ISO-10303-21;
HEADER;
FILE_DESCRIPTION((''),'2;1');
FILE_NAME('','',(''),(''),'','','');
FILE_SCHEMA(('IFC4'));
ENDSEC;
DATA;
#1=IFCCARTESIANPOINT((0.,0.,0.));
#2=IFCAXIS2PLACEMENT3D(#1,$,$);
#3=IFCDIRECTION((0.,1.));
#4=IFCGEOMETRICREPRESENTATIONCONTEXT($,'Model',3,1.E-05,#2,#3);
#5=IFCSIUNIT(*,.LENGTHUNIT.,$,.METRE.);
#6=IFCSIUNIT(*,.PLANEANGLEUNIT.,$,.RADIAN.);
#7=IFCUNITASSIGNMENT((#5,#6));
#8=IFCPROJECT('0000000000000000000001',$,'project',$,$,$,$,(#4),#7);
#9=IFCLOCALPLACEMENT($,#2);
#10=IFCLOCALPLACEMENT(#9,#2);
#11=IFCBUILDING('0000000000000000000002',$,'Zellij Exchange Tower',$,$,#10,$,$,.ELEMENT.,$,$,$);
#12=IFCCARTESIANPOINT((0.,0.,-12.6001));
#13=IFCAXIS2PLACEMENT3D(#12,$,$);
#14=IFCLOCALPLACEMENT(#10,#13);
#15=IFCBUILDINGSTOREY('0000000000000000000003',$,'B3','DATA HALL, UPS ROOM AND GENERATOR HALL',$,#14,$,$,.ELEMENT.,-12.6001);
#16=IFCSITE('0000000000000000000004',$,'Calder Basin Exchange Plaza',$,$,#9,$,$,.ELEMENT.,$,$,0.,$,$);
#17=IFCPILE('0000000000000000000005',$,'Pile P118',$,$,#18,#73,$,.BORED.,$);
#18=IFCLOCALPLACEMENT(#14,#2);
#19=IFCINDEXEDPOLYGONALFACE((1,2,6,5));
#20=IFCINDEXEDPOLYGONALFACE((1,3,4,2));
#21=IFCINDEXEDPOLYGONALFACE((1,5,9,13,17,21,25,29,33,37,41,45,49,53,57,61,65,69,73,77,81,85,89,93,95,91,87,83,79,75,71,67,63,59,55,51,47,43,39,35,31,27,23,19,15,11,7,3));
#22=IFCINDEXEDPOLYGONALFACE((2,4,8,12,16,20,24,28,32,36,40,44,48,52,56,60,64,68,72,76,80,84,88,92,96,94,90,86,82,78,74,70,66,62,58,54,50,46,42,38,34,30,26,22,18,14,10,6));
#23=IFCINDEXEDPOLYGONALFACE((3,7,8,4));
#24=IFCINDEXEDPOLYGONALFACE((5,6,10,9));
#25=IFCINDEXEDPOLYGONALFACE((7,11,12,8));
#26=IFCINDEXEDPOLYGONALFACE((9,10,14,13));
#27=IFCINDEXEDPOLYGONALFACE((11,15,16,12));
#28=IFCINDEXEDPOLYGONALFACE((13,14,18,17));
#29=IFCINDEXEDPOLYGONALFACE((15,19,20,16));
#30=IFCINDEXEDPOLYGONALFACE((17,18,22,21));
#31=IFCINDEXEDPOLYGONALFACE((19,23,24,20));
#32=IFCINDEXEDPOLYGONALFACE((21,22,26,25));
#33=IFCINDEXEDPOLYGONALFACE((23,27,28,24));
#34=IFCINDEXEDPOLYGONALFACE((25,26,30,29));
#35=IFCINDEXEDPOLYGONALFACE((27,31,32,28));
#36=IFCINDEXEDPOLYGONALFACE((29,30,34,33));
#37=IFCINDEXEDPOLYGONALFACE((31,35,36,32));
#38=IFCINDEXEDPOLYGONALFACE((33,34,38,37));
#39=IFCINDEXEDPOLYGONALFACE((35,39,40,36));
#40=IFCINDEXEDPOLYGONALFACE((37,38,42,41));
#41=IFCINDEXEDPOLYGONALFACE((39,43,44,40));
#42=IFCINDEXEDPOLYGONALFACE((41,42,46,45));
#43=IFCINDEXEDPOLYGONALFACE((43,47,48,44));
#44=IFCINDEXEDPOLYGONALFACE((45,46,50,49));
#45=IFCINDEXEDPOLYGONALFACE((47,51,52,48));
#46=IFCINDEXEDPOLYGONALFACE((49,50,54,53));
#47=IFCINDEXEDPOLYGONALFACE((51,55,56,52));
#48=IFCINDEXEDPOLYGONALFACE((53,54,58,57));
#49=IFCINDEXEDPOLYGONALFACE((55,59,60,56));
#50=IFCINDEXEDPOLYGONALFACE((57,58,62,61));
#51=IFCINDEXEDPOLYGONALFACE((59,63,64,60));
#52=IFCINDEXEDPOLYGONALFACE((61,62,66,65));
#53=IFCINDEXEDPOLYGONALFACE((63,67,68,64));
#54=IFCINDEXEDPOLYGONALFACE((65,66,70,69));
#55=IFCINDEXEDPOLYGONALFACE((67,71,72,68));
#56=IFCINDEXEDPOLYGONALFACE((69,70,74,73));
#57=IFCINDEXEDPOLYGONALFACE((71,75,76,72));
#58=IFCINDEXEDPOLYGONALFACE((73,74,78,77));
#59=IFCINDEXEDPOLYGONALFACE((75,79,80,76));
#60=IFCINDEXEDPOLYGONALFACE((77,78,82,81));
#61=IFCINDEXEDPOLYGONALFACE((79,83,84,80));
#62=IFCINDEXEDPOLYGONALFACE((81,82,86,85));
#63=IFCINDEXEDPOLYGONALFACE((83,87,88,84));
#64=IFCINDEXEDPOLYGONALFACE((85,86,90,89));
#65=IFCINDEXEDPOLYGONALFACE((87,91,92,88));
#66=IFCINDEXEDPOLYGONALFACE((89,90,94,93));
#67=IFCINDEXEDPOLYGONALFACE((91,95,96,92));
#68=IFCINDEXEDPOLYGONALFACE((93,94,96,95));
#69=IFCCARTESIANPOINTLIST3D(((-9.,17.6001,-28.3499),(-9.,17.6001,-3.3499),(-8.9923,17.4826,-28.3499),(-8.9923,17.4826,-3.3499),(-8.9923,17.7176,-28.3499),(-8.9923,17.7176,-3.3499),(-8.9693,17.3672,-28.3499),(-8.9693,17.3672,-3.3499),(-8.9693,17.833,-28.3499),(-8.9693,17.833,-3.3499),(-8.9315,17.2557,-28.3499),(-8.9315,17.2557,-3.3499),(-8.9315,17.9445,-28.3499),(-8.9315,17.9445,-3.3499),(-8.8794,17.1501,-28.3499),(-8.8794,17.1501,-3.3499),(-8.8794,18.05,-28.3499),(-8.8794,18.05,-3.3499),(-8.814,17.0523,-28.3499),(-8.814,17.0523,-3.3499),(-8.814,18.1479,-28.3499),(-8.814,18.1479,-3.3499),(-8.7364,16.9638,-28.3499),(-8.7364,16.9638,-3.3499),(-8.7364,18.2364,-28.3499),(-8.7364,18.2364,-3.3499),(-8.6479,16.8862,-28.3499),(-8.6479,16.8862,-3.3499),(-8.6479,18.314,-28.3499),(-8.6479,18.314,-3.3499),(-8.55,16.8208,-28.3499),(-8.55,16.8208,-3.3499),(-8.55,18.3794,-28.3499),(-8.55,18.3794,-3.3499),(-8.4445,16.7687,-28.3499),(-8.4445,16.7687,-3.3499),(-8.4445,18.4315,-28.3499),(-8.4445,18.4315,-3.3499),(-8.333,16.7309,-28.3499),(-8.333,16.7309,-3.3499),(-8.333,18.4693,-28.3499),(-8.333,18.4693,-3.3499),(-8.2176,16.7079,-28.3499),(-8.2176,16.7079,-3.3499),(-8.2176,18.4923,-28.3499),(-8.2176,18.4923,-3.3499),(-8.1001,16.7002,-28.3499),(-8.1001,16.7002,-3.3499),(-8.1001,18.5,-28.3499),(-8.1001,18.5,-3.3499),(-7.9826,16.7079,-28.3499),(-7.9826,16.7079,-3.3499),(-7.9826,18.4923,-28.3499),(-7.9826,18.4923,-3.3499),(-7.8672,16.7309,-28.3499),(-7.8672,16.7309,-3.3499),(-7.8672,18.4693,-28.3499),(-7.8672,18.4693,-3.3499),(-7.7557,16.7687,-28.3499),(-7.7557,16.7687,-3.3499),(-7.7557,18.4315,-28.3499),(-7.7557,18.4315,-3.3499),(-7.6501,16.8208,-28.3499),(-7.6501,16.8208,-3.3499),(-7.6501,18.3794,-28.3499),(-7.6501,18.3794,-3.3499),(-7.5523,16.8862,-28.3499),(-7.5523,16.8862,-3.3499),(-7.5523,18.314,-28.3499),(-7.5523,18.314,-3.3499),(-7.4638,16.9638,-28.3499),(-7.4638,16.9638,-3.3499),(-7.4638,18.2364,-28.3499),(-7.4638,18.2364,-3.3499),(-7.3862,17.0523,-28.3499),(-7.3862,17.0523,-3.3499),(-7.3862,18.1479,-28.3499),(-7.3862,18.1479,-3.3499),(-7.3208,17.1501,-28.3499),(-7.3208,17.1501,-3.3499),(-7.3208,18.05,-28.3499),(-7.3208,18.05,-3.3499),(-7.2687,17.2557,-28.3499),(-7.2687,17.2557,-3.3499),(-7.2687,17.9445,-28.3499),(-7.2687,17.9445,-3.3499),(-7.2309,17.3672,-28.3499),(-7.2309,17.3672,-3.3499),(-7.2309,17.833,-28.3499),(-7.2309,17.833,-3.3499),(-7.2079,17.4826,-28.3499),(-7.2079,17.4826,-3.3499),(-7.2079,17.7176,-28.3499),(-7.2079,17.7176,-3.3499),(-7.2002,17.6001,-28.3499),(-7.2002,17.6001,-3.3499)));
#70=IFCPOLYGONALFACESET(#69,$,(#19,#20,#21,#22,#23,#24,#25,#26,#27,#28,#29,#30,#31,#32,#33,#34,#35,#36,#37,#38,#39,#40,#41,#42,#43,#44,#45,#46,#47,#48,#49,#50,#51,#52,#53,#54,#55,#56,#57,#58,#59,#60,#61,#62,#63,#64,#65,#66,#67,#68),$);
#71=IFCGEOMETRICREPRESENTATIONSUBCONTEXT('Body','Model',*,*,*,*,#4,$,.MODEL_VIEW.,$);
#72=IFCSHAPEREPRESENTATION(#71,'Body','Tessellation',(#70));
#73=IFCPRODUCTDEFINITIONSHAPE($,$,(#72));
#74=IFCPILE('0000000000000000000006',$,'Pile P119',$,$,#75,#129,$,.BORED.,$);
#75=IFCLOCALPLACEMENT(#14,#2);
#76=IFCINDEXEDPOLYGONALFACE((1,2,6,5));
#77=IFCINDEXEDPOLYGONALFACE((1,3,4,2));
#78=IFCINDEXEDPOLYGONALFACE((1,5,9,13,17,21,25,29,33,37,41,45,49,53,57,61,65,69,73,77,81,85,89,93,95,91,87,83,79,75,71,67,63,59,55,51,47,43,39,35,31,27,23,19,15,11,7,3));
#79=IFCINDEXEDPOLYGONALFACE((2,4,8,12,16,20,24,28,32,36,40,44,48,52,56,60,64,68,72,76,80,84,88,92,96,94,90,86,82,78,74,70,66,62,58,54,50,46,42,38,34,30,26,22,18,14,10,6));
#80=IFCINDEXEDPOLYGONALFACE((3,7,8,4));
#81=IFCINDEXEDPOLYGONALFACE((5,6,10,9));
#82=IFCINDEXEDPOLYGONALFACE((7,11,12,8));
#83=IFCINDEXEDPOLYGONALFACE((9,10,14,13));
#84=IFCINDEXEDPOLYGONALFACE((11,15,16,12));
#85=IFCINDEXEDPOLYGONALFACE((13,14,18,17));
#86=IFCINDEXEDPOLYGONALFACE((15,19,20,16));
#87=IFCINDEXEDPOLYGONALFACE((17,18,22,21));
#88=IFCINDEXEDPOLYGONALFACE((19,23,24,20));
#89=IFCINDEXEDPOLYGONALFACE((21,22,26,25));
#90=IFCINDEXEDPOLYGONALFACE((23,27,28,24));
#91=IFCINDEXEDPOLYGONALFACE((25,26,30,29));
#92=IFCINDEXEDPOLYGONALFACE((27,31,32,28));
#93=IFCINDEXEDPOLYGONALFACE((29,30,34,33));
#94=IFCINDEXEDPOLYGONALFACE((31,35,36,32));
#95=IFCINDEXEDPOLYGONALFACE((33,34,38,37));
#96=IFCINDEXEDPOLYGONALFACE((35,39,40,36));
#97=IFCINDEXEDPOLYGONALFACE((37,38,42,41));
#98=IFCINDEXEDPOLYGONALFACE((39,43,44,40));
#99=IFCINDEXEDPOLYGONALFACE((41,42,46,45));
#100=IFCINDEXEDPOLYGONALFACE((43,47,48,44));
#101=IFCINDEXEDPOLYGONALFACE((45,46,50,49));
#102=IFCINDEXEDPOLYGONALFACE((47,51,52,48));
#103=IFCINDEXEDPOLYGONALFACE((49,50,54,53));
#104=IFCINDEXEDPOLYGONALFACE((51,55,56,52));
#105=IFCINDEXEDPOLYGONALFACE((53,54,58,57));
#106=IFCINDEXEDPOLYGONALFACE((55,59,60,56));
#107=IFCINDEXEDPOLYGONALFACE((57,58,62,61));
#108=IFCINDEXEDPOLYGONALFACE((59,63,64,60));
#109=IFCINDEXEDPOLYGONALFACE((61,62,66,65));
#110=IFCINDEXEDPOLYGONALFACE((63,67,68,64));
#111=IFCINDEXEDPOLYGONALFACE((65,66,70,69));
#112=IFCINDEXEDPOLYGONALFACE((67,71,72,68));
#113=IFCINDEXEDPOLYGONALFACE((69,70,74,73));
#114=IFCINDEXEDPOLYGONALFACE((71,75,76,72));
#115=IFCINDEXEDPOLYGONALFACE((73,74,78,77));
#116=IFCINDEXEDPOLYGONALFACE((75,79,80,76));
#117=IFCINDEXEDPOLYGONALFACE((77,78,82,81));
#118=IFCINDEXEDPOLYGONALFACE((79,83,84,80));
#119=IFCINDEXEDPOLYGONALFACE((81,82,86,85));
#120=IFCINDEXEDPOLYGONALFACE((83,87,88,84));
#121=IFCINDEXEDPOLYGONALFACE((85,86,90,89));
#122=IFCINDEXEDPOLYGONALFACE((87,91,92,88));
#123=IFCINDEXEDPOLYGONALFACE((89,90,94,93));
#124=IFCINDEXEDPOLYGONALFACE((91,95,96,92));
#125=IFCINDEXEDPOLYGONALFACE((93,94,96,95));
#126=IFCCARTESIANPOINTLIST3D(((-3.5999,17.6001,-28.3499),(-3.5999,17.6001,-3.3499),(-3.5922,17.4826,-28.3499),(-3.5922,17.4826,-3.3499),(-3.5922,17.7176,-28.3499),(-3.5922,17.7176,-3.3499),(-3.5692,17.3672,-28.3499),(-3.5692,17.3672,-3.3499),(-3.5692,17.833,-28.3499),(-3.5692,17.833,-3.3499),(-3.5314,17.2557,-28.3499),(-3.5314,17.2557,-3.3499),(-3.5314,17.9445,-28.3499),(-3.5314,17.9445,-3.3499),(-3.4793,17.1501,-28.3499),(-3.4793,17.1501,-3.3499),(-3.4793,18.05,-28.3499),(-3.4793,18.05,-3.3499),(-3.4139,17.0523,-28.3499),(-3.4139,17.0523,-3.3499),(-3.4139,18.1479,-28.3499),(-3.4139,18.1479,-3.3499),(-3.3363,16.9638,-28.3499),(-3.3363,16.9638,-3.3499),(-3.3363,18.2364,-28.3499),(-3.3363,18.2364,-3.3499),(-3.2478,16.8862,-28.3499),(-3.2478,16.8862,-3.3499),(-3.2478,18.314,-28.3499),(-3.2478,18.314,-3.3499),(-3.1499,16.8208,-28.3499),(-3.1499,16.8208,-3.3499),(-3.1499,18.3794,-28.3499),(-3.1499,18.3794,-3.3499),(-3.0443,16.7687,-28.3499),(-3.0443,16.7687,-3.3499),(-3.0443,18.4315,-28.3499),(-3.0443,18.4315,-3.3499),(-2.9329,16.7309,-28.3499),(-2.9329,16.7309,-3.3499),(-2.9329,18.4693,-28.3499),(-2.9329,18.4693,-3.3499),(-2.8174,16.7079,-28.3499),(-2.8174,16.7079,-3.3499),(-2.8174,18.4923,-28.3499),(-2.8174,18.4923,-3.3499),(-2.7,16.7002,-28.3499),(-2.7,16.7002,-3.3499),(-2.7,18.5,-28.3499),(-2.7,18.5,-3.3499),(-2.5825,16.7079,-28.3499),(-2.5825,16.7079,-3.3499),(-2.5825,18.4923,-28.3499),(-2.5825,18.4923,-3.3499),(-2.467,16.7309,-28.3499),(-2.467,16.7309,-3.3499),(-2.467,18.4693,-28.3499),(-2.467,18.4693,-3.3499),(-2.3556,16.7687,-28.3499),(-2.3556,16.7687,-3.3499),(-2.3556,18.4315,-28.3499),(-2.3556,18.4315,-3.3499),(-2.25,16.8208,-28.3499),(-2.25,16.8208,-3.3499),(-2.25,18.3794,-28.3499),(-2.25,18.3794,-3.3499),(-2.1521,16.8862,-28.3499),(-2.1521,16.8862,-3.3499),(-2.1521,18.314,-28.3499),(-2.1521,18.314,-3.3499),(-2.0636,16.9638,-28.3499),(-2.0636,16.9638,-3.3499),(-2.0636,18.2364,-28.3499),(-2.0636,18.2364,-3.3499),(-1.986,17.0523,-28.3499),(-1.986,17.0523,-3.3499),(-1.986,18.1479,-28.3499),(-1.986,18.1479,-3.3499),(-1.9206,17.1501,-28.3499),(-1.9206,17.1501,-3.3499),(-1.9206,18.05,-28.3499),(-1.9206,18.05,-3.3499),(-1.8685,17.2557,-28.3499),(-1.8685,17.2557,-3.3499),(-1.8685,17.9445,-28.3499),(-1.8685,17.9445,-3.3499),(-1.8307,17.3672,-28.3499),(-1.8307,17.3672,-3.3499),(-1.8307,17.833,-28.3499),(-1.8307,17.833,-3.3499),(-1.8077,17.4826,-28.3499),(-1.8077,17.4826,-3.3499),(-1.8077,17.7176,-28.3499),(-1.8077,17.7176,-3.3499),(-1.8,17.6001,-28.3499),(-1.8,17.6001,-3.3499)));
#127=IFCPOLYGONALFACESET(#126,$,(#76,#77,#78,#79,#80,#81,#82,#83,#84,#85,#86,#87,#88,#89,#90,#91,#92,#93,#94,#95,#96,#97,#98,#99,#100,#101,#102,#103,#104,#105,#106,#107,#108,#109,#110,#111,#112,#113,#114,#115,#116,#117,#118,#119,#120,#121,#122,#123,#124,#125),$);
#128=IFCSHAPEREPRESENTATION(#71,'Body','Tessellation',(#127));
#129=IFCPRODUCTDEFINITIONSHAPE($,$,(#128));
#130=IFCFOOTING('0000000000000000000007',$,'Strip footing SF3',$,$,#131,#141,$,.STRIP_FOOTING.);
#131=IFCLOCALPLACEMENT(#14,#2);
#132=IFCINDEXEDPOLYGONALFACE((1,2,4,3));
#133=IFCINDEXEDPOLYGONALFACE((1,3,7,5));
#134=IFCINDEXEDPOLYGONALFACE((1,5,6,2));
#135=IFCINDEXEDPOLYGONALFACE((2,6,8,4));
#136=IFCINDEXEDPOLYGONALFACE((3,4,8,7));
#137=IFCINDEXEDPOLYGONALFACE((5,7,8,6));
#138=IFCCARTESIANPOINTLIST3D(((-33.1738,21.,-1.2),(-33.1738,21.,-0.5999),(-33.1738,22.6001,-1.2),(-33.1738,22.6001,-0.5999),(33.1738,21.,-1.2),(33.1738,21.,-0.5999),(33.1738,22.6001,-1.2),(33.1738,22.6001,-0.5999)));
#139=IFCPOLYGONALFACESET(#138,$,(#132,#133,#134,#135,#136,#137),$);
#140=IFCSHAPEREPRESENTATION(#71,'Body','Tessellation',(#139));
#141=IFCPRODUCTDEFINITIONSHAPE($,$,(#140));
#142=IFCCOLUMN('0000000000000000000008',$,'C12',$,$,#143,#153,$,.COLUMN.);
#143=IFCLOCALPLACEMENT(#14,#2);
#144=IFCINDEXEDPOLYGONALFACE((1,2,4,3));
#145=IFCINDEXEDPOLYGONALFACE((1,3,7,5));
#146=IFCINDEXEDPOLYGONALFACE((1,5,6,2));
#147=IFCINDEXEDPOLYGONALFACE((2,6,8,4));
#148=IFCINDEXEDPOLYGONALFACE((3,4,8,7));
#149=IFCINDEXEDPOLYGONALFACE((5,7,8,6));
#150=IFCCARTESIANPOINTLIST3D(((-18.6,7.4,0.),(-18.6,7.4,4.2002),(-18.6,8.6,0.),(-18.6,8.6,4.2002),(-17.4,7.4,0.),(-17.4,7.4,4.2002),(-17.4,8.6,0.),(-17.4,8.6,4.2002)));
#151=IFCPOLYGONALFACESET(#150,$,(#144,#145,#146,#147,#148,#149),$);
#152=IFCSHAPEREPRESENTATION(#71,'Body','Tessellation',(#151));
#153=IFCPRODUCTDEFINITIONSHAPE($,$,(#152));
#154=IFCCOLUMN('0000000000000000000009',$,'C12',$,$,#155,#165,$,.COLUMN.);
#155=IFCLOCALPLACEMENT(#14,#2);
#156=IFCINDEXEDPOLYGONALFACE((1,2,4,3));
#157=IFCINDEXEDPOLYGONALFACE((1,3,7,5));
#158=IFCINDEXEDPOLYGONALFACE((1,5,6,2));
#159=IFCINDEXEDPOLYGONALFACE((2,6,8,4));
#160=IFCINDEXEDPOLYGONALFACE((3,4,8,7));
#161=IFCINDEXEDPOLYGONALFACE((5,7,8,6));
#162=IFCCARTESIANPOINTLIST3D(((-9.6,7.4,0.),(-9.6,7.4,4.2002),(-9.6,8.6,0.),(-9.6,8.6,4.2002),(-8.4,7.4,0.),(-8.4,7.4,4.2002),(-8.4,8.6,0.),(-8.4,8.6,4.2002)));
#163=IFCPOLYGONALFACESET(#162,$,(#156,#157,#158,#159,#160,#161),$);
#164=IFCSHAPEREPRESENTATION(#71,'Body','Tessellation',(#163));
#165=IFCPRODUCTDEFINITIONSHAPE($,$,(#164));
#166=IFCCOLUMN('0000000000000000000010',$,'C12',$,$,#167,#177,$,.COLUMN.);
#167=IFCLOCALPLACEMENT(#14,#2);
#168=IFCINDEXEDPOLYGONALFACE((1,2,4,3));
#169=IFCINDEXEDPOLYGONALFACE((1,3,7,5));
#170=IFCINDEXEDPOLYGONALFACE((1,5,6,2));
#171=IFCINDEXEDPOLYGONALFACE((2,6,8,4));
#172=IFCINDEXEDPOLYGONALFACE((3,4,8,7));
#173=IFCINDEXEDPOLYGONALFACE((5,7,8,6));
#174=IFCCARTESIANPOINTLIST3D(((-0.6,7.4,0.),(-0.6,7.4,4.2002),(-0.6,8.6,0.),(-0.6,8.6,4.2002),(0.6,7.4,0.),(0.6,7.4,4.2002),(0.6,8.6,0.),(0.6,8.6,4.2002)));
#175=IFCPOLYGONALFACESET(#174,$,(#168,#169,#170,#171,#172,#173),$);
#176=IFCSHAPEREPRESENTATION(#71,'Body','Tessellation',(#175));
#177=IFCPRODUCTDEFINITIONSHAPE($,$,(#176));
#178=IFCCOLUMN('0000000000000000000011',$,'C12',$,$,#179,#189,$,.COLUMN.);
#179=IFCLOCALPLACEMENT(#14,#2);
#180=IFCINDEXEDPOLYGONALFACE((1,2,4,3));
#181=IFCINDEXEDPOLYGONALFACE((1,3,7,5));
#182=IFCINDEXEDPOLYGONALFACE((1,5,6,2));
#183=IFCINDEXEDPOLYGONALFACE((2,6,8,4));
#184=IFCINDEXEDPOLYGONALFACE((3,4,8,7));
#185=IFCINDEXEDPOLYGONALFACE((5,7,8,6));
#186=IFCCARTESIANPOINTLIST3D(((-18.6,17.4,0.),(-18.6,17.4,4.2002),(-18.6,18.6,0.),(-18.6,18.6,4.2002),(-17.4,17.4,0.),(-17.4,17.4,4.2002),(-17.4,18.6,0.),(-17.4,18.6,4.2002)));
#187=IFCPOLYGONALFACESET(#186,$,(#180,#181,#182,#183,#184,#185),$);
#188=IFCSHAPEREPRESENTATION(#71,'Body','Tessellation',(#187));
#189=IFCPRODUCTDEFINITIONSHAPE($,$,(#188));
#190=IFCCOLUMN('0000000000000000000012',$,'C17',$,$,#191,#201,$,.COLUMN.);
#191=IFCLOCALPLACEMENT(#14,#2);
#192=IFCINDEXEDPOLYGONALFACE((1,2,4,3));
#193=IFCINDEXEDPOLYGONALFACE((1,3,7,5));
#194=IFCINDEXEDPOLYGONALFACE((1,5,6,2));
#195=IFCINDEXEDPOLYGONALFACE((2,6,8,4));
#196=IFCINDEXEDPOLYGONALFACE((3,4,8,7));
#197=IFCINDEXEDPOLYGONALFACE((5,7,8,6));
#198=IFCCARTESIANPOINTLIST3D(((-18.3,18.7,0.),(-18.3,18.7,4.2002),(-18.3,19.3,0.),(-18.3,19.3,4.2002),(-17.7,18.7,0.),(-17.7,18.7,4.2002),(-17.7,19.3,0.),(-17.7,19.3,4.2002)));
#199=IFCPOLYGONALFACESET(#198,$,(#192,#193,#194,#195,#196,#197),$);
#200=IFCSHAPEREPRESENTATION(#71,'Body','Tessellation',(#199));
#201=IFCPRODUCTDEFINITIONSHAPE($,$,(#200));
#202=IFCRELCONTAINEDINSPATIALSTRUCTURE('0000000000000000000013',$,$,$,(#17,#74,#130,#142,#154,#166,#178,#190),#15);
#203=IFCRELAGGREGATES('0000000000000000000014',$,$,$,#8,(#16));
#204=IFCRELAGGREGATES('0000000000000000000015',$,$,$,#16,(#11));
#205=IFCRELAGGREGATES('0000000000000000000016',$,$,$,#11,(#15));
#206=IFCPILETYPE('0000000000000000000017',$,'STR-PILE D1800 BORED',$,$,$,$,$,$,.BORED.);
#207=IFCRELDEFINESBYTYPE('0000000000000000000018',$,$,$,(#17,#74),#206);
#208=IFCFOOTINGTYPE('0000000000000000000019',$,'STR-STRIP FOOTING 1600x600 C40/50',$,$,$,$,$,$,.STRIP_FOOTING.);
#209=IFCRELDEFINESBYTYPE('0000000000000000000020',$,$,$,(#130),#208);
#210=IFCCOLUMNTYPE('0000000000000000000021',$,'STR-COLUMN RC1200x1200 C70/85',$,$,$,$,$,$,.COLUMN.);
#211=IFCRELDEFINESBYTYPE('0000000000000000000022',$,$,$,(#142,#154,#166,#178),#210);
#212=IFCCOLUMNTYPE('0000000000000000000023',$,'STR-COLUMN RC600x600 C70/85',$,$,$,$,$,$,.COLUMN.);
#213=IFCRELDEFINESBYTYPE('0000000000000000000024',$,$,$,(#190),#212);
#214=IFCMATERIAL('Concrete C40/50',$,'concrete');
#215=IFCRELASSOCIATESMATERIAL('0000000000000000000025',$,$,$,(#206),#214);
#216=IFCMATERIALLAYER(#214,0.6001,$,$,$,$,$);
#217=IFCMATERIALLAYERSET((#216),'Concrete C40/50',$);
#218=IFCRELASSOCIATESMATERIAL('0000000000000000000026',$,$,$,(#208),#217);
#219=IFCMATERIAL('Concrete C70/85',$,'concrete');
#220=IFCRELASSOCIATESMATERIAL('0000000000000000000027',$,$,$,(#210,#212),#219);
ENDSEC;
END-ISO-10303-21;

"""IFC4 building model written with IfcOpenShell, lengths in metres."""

from ifc_helpers import new_model, si_unit, direction, frame, origin, origin_2d, place, context, subcontext, project, spatial, rectangle, circle, extrude, material, layer, layer_set, material_profile, profile_set, type_object, element, save


model = new_model("IFC4")

# Units and contexts
model_context = context("Model", 3, precision=1e-05, world=origin(), true_north=direction((0.0, 1.0)))
body_context = subcontext(model_context, "Body", "Model", "MODEL_VIEW")
ifc_project = project(units=[si_unit("LENGTHUNIT", "METRE"), si_unit("PLANEANGLEUNIT", "RADIAN")], contexts=[model_context])

# Site, building, storey
site_placement = place(None, origin())
site = spatial("IfcSite", under=ifc_project, at=site_placement, Name="Calder Basin Exchange Plaza", CompositionType="ELEMENT", RefElevation=0.0)
building_placement = place(site_placement, origin())
building = spatial("IfcBuilding", under=site, at=building_placement, Name="Zellij Exchange Tower", CompositionType="ELEMENT")
storey_placement = place(building_placement, frame((0.0, 0.0, -12.6001)))
storey = spatial("IfcBuildingStorey", under=building, at=storey_placement, Name="B3", Description="DATA HALL, UPS ROOM AND GENERATOR HALL", CompositionType="ELEMENT", Elevation=-12.6001)

# Piles
ifc_material_1 = material(Name="Concrete C40/50", Category="concrete")
ifc_material_profile_1 = material_profile(ifc_material_1, circle(Radius=0.8999, at=origin_2d()), Name="STR-PILE D1800 BORED")
ifc_profile_set_1 = profile_set([ifc_material_profile_1], Name="Concrete C40/50")
pile_type = type_object("IfcPileType", Name="STR-PILE D1800 BORED", PredefinedType="BORED", material=ifc_profile_set_1)
for number, where, z_axis, x_axis, name in (
    (1, (-8.1001, 17.6001, -3.3499), (0.0, 0.0, -1.0), (1.0, 0.0, 0.0), "Pile P118"),
    (2, (-2.7, 17.6001, -3.3499), (0.0, 0.0, -1.0), (1.0, 0.0, 0.0), "Pile P119"),
):
    element("IfcPile", number, at=place(storey_placement, frame(where, z_axis=z_axis, x_axis=x_axis)), inside=storey, type_object=pile_type, Name=name, PredefinedType="BORED", context=body_context, shape_type="SweptSolid", body=[
        extrude(circle(Radius=0.8999, at=origin_2d()), origin(), (0.0, 0.0, 1.0), 25.0),
    ])

# Footing
ifc_layer_1 = layer(ifc_material_1, 0.6001)
ifc_layer_set_1 = layer_set([ifc_layer_1], Name="Concrete C40/50")
footing_type = type_object("IfcFootingType", Name="STR-STRIP FOOTING 1600x600 C40/50", PredefinedType="STRIP_FOOTING", material=ifc_layer_set_1)
footing_placement = place(storey_placement, frame((0.0, 21.8, -1.2), z_axis=(0.0, 0.0, 1.0), x_axis=(1.0, 0.0, 0.0)))
element("IfcFooting", 3, at=footing_placement, inside=storey, type_object=footing_type, Name="Strip footing SF3", PredefinedType="STRIP_FOOTING", context=body_context, shape_type="SweptSolid", body=[
    extrude(rectangle(XDim=66.3477, YDim=1.6001, at=origin_2d()), origin(), (0.0, 0.0, 1.0), 0.6001),
])

# Columns
ifc_material_2 = material(Name="Concrete C70/85", Category="concrete")
ifc_material_profile_2 = material_profile(ifc_material_2, rectangle(XDim=1.2, YDim=1.2, at=origin_2d()), Name="STR-COLUMN RC1200x1200 C70/85")
ifc_profile_set_2 = profile_set([ifc_material_profile_2], Name="Concrete C70/85")
column_type_1 = type_object("IfcColumnType", Name="STR-COLUMN RC1200x1200 C70/85", PredefinedType="COLUMN", material=ifc_profile_set_2)
for number, where, z_axis, x_axis, name in (
    (4, (-18.0, 8.0, 0.0), (0.0, 0.0, 1.0), (1.0, 0.0, 0.0), "C12"),
    (5, (-9.0, 8.0, 0.0), (0.0, 0.0, 1.0), (1.0, 0.0, 0.0), "C12"),
    (6, (0.0, 8.0, 0.0), (0.0, 0.0, 1.0), (1.0, 0.0, 0.0), "C12"),
    (7, (-18.0, 18.0, 0.0), (0.0, 0.0, 1.0), (1.0, 0.0, 0.0), "C12"),
):
    element("IfcColumn", number, at=place(storey_placement, frame(where, z_axis=z_axis, x_axis=x_axis)), inside=storey, type_object=column_type_1, Name=name, PredefinedType="COLUMN", context=body_context, shape_type="SweptSolid", body=[
        extrude(rectangle(XDim=1.2, YDim=1.2, at=origin_2d()), origin(), (0.0, 0.0, 1.0), 4.2002),
    ])
ifc_material_profile_3 = material_profile(ifc_material_2, rectangle(XDim=0.6001, YDim=0.6001, at=origin_2d()), Name="STR-COLUMN RC600x600 C70/85")
ifc_profile_set_3 = profile_set([ifc_material_profile_3], Name="Concrete C70/85")
column_type_2 = type_object("IfcColumnType", Name="STR-COLUMN RC600x600 C70/85", PredefinedType="COLUMN", material=ifc_profile_set_3)
column_placement = place(storey_placement, frame((-18.0, 19.0, 0.0), z_axis=(0.0, 0.0, 1.0), x_axis=(1.0, 0.0, 0.0)))
element("IfcColumn", 8, at=column_placement, inside=storey, type_object=column_type_2, Name="C17", PredefinedType="COLUMN", context=body_context, shape_type="SweptSolid", body=[
    extrude(rectangle(XDim=0.6001, YDim=0.6001, at=origin_2d()), origin(), (0.0, 0.0, 1.0), 4.2002),
])

save(model, "model.ifc")
